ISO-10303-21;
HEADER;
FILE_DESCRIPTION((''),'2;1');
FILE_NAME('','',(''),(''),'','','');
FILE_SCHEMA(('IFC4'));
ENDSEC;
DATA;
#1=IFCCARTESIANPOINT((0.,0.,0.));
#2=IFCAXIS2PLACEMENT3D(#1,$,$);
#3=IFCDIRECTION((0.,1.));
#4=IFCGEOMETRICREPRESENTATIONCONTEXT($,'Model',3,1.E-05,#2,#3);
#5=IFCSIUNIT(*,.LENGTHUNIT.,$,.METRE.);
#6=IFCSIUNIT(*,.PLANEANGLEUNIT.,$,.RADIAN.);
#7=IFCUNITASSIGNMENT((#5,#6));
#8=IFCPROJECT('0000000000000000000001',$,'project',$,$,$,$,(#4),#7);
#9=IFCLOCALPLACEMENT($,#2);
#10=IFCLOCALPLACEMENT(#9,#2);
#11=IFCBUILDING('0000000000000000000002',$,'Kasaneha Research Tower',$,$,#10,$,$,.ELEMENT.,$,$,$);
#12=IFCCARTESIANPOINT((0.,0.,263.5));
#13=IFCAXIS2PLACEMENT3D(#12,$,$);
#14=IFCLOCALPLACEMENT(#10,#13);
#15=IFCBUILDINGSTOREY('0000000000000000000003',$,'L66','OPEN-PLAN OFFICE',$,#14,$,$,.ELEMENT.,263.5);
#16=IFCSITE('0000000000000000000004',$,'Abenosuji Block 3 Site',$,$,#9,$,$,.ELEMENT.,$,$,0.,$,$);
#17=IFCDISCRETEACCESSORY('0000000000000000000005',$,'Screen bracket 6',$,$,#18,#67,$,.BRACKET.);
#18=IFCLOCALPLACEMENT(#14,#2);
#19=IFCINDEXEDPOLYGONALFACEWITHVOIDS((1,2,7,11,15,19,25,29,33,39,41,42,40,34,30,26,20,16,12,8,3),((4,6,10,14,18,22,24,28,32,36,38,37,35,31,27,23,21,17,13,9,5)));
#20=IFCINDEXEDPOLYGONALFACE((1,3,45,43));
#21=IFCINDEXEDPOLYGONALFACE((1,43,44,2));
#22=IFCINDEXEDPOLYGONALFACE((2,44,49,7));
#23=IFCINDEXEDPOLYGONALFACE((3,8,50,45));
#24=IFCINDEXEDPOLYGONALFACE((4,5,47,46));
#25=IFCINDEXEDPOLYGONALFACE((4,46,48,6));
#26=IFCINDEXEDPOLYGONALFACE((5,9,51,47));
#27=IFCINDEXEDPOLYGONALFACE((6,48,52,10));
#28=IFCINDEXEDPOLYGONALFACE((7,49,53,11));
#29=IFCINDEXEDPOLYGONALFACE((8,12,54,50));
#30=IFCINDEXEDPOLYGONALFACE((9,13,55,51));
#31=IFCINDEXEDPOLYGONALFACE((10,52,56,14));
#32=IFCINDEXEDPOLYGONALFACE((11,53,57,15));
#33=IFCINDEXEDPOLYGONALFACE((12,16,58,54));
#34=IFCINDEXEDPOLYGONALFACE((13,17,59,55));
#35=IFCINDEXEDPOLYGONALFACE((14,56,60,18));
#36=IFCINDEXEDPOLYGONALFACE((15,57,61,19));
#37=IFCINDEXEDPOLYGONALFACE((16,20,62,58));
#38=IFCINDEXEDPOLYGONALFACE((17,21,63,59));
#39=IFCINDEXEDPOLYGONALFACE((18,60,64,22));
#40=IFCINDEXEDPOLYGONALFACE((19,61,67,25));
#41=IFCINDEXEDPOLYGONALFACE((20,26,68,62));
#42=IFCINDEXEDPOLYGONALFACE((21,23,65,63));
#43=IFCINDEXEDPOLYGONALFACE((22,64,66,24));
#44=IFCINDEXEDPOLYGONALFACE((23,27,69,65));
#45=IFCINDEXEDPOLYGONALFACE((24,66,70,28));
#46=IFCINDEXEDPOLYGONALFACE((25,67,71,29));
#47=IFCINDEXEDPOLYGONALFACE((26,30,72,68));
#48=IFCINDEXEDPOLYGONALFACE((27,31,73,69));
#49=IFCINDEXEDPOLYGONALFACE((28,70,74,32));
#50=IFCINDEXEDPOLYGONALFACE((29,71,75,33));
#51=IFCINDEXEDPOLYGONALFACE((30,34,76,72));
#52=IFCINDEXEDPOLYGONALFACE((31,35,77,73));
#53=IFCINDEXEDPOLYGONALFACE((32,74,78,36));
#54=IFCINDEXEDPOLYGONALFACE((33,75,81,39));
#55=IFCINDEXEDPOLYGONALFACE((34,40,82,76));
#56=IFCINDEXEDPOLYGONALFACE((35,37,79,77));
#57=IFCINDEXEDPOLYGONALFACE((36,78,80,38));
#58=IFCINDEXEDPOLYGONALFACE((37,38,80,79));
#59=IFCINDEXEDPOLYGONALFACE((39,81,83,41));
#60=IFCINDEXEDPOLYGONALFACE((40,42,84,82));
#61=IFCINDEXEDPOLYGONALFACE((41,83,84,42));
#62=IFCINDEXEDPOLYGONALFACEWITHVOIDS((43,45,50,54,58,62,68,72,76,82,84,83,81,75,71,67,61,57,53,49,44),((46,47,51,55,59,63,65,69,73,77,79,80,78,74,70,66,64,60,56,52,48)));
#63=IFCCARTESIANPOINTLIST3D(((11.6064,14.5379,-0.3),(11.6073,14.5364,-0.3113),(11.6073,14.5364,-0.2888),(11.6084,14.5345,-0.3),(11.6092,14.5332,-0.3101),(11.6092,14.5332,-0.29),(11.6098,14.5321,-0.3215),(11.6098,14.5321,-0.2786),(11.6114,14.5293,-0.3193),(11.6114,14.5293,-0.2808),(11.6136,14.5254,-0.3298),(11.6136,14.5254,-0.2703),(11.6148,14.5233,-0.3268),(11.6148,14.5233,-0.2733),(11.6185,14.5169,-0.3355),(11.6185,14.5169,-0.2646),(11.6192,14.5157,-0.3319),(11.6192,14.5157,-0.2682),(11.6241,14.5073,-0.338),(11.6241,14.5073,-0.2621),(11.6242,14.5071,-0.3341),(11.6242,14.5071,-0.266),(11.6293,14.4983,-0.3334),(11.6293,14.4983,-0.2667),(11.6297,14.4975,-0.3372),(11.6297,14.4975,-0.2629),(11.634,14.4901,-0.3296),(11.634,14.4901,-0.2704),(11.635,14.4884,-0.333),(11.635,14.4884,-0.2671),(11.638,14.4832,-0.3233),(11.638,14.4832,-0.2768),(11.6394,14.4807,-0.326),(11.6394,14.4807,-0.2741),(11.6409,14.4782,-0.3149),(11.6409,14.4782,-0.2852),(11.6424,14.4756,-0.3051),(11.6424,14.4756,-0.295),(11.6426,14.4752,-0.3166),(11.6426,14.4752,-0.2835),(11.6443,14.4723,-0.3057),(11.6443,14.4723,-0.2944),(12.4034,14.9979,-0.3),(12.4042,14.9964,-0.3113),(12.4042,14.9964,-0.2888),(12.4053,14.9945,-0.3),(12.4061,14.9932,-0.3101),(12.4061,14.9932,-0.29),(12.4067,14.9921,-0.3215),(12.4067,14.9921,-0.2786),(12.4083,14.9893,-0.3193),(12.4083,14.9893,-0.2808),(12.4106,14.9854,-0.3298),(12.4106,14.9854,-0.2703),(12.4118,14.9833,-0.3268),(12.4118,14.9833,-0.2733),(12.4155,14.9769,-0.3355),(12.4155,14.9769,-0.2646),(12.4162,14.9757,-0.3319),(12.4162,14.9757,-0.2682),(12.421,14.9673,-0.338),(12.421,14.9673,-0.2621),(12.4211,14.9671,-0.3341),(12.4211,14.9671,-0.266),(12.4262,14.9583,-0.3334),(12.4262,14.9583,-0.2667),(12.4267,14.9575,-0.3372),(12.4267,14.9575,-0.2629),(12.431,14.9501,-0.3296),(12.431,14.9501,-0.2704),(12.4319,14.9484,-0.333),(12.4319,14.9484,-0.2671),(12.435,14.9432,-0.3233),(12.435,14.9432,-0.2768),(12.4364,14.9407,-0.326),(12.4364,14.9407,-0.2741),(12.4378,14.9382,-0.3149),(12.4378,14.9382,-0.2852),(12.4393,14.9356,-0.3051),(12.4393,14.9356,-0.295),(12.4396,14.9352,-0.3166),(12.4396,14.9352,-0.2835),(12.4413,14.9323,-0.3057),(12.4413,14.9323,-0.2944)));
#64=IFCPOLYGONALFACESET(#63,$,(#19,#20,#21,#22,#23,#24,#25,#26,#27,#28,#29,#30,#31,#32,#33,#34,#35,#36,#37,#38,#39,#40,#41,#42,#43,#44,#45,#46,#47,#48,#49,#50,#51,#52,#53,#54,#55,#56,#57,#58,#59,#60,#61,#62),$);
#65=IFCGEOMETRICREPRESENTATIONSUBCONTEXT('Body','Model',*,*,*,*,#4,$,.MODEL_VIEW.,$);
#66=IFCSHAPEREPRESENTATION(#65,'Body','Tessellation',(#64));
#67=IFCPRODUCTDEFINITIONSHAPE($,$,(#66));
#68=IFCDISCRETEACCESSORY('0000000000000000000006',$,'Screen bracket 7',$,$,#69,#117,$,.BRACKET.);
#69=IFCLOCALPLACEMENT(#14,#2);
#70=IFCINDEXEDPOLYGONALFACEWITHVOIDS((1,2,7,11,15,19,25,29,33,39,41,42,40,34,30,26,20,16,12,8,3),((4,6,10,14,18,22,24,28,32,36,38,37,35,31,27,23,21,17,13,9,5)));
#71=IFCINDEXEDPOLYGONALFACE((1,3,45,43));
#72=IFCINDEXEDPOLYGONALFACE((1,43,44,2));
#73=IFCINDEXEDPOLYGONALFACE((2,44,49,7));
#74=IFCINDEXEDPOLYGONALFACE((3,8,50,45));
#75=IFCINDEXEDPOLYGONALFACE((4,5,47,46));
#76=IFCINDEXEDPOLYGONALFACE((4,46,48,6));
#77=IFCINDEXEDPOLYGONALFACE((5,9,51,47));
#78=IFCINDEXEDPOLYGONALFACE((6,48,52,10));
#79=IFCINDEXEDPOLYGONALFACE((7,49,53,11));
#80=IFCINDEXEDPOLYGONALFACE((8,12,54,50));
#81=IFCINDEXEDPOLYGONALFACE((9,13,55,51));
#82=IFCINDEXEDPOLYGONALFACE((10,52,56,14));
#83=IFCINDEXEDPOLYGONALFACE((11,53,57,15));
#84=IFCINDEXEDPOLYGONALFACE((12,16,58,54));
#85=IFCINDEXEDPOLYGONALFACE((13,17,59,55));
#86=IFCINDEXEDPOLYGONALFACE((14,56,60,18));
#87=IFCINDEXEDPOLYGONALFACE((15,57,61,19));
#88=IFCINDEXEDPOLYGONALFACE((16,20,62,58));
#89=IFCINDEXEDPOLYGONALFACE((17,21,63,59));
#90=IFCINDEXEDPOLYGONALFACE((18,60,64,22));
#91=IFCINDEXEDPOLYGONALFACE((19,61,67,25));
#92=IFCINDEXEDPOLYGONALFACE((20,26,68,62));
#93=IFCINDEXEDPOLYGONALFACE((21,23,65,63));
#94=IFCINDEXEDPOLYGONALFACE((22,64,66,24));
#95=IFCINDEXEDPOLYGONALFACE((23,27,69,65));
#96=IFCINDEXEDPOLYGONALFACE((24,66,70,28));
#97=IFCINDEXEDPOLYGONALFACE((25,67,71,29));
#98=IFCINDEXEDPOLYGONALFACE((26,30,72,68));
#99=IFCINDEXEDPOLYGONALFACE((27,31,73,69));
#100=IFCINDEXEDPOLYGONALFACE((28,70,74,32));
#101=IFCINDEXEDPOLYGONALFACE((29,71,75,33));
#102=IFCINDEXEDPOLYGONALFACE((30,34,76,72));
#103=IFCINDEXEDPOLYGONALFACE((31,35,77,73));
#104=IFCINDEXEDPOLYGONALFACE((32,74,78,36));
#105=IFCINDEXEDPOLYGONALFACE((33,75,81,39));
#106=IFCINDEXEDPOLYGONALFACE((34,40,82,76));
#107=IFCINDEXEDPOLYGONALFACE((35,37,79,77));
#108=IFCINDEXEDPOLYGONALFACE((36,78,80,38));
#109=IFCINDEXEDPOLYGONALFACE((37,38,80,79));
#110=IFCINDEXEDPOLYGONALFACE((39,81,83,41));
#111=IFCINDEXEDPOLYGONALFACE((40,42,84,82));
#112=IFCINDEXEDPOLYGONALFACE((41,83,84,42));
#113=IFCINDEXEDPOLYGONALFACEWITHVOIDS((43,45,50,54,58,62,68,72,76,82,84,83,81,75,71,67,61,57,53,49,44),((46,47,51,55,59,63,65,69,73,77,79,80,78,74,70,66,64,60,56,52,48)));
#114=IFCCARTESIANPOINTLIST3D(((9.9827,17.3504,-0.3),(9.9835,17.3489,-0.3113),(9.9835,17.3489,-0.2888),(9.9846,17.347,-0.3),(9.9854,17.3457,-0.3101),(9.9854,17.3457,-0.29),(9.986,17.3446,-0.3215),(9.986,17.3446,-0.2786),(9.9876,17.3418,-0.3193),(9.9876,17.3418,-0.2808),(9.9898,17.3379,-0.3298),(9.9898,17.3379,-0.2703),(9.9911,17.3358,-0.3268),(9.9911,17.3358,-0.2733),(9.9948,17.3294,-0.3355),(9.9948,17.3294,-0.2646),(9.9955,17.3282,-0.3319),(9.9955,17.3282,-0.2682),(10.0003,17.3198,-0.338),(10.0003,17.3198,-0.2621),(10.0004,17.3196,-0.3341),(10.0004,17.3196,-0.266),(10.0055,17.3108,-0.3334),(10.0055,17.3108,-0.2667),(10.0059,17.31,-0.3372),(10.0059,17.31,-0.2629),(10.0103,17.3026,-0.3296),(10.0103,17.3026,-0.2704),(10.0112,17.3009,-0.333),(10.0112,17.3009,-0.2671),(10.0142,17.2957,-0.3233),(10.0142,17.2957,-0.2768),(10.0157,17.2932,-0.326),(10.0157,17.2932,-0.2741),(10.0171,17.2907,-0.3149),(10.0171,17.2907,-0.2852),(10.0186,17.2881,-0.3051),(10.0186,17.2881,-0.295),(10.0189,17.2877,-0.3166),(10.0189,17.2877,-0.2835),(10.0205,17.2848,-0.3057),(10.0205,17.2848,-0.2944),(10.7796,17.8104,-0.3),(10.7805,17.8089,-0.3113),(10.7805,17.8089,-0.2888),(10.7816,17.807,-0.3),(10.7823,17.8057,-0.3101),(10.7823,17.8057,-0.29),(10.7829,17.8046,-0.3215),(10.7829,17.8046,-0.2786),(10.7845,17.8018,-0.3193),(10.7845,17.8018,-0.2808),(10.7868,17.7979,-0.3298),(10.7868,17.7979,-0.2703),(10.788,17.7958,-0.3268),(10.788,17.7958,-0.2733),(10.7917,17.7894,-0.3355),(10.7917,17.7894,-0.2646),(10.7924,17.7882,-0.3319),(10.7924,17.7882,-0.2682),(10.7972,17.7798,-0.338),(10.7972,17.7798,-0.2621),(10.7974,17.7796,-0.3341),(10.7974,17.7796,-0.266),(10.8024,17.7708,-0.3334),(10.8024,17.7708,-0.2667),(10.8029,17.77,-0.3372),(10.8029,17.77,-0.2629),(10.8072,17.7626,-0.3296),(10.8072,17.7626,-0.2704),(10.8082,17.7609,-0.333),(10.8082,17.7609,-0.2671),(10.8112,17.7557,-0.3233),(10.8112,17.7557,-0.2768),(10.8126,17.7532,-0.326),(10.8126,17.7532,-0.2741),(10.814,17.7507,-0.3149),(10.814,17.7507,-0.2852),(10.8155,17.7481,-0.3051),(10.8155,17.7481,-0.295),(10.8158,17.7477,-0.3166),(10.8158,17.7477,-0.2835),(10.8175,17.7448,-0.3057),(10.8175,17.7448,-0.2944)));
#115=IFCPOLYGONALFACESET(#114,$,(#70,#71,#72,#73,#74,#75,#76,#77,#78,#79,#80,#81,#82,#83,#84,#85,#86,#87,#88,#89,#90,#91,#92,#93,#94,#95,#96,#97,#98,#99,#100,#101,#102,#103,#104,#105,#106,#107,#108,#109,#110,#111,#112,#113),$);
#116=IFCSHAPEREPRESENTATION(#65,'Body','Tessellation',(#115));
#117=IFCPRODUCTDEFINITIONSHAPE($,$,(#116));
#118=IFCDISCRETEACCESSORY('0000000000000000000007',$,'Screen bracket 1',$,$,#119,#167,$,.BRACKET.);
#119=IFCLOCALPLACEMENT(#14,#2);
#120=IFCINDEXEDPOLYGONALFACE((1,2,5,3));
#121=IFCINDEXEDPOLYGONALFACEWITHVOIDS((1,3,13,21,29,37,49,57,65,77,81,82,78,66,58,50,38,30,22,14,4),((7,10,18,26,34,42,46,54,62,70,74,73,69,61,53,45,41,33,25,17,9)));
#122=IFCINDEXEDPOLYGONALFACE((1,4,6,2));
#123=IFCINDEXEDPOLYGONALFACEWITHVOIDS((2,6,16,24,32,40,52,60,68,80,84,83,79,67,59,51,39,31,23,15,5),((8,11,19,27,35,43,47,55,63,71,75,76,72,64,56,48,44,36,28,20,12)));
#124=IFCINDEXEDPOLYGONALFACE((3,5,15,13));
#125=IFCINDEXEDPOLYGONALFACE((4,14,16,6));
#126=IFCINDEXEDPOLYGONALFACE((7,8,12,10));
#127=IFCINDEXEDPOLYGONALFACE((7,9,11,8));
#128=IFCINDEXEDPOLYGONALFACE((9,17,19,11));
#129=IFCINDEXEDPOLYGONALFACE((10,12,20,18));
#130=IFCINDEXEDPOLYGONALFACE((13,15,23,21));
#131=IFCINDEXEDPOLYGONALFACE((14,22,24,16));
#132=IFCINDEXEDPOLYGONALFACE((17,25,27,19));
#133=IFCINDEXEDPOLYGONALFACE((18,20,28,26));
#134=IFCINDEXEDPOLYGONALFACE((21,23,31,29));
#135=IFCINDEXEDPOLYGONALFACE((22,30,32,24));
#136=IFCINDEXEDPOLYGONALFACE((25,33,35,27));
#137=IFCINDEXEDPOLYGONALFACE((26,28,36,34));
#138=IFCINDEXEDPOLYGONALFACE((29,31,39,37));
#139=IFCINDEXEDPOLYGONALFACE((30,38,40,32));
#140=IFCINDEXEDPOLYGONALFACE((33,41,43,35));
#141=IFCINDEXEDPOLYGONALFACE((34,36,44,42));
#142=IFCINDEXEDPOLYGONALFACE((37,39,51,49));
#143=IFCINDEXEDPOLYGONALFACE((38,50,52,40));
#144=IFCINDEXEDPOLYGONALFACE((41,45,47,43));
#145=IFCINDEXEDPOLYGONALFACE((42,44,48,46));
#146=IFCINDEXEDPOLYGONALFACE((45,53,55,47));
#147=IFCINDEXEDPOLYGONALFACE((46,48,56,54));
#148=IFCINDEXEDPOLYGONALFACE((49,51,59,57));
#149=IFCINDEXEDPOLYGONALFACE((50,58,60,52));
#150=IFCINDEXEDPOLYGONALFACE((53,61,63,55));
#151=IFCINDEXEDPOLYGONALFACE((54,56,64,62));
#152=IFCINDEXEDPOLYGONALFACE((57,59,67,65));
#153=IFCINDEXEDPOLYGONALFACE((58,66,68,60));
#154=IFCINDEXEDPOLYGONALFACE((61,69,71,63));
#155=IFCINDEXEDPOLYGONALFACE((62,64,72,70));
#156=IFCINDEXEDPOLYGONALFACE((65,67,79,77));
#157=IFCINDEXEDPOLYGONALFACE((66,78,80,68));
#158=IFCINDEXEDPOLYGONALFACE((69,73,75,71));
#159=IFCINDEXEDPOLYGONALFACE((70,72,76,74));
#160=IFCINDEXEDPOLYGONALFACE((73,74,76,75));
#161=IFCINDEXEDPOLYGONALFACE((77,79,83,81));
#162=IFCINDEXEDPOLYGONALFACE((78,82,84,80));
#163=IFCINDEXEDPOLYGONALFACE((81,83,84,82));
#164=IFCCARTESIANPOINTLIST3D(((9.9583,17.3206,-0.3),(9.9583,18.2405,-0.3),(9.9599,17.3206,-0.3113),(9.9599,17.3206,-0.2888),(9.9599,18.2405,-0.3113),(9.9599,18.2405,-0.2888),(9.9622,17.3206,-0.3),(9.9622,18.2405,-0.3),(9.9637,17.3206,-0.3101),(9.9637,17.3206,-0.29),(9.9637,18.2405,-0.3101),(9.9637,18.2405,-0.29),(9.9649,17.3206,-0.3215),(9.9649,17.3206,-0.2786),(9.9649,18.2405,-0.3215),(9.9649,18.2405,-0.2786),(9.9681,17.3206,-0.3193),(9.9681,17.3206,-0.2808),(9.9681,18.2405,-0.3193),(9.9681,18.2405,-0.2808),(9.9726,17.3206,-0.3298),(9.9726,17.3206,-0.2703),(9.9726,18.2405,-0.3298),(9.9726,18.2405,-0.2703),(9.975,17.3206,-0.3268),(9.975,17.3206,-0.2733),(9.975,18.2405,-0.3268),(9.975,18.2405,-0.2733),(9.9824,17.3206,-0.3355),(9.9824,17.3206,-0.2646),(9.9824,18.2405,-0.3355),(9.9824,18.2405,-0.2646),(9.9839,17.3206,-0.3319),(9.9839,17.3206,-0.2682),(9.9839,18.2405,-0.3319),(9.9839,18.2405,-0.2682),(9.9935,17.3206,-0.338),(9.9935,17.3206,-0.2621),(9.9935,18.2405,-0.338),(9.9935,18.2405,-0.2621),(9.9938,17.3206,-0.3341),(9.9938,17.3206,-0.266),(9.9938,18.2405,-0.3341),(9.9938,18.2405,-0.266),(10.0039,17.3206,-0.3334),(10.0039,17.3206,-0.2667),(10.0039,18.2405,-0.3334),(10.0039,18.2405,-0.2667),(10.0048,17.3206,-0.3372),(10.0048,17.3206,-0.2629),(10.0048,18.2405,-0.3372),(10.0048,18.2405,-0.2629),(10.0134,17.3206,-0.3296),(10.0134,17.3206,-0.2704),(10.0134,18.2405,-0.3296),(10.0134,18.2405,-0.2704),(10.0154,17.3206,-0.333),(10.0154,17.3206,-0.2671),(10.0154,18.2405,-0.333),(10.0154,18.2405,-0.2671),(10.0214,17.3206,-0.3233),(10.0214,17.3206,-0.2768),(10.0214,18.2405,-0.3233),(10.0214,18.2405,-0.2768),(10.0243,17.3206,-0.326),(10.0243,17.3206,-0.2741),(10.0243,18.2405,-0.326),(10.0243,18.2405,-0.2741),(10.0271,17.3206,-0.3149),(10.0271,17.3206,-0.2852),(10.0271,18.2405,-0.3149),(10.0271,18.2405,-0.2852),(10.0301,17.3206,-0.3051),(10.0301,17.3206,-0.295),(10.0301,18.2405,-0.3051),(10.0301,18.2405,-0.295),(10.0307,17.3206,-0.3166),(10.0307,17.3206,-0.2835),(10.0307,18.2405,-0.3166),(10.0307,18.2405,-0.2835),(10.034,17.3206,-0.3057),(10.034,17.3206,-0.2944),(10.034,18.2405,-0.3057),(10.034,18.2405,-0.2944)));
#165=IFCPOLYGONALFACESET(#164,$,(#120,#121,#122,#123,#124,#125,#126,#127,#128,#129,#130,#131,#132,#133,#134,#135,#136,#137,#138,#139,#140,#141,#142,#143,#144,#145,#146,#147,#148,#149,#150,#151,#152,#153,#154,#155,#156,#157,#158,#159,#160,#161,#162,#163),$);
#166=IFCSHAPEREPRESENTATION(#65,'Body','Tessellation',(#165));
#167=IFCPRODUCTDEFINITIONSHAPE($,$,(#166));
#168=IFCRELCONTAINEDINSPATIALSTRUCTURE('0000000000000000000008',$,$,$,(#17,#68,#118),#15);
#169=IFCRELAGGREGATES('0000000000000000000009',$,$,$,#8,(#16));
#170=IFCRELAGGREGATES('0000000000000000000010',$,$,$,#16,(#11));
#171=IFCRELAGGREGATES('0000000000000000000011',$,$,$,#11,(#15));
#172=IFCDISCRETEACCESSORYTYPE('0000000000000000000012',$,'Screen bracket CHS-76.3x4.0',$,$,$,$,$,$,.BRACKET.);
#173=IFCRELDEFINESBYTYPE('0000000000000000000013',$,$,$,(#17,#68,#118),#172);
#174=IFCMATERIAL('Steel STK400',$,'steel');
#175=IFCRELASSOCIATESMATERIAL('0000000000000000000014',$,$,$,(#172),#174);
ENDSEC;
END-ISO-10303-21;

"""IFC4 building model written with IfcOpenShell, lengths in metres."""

from ifc_helpers import new_model, si_unit, direction, frame, origin, origin_2d, place, context, subcontext, project, spatial, hollow_circle, extrude, material, material_profile, profile_set, type_object, element, save


model = new_model("IFC4")

# Units and contexts
model_context = context("Model", 3, precision=1e-05, world=origin(), true_north=direction((0.0, 1.0)))
body_context = subcontext(model_context, "Body", "Model", "MODEL_VIEW")
ifc_project = project(units=[si_unit("LENGTHUNIT", "METRE"), si_unit("PLANEANGLEUNIT", "RADIAN")], contexts=[model_context])

# Site, building, storey
site_placement = place(None, origin())
site = spatial("IfcSite", under=ifc_project, at=site_placement, Name="Abenosuji Block 3 Site", CompositionType="ELEMENT", RefElevation=0.0)
building_placement = place(site_placement, origin())
building = spatial("IfcBuilding", under=site, at=building_placement, Name="Kasaneha Research Tower", CompositionType="ELEMENT")
storey_placement = place(building_placement, frame((0.0, 0.0, 263.5)))
storey = spatial("IfcBuildingStorey", under=building, at=storey_placement, Name="L66", Description="OPEN-PLAN OFFICE", CompositionType="ELEMENT", Elevation=263.5)

# Discrete accessories
ifc_material_1 = material(Name="Steel STK400", Category="steel")
ifc_material_profile_1 = material_profile(ifc_material_1, hollow_circle(Radius=0.0381, WallThickness=0.0039, at=origin_2d()), Name="CHS-76.3x4.0")
ifc_profile_set_1 = profile_set([ifc_material_profile_1], Name="Steel STK400")
discrete_accessory_type = type_object("IfcDiscreteAccessoryType", Name="Screen bracket CHS-76.3x4.0", PredefinedType="BRACKET", material=ifc_profile_set_1)
for number, where, z_axis, x_axis, name in (
    (1, (11.6255, 14.5049, -0.3), (0.86608, 0.499906, 0.0), (-0.499906, 0.86608, 0.0), "Screen bracket 6"),
    (2, (10.0017, 17.3174, -0.3), (0.86608, 0.499906, 0.0), (-0.499906, 0.86608, 0.0), "Screen bracket 7"),
):
    element("IfcDiscreteAccessory", number, at=place(storey_placement, frame(where, z_axis=z_axis, x_axis=x_axis)), inside=storey, type_object=discrete_accessory_type, Name=name, PredefinedType="BRACKET", context=body_context, shape_type="SweptSolid", body=[
        extrude(hollow_circle(Radius=0.0381, WallThickness=0.0039, at=origin_2d()), origin(), (0.0, 0.0, 1.0), 0.9202),
    ])
for number, where, z_axis, x_axis, name in (
    (3, (9.9963, 17.3206, -0.3), (0.0, 1.0, 0.0), (-1.0, 0.0, 0.0), "Screen bracket 1"),
):
    element("IfcDiscreteAccessory", number, at=place(storey_placement, frame(where, z_axis=z_axis, x_axis=x_axis)), inside=storey, type_object=discrete_accessory_type, Name=name, PredefinedType="BRACKET", context=body_context, shape_type="SweptSolid", body=[
        extrude(hollow_circle(Radius=0.0381, WallThickness=0.0039, at=origin_2d()), origin(), (0.0, 0.0, 1.0), 0.9199),
    ])

save(model, "model.ifc")
